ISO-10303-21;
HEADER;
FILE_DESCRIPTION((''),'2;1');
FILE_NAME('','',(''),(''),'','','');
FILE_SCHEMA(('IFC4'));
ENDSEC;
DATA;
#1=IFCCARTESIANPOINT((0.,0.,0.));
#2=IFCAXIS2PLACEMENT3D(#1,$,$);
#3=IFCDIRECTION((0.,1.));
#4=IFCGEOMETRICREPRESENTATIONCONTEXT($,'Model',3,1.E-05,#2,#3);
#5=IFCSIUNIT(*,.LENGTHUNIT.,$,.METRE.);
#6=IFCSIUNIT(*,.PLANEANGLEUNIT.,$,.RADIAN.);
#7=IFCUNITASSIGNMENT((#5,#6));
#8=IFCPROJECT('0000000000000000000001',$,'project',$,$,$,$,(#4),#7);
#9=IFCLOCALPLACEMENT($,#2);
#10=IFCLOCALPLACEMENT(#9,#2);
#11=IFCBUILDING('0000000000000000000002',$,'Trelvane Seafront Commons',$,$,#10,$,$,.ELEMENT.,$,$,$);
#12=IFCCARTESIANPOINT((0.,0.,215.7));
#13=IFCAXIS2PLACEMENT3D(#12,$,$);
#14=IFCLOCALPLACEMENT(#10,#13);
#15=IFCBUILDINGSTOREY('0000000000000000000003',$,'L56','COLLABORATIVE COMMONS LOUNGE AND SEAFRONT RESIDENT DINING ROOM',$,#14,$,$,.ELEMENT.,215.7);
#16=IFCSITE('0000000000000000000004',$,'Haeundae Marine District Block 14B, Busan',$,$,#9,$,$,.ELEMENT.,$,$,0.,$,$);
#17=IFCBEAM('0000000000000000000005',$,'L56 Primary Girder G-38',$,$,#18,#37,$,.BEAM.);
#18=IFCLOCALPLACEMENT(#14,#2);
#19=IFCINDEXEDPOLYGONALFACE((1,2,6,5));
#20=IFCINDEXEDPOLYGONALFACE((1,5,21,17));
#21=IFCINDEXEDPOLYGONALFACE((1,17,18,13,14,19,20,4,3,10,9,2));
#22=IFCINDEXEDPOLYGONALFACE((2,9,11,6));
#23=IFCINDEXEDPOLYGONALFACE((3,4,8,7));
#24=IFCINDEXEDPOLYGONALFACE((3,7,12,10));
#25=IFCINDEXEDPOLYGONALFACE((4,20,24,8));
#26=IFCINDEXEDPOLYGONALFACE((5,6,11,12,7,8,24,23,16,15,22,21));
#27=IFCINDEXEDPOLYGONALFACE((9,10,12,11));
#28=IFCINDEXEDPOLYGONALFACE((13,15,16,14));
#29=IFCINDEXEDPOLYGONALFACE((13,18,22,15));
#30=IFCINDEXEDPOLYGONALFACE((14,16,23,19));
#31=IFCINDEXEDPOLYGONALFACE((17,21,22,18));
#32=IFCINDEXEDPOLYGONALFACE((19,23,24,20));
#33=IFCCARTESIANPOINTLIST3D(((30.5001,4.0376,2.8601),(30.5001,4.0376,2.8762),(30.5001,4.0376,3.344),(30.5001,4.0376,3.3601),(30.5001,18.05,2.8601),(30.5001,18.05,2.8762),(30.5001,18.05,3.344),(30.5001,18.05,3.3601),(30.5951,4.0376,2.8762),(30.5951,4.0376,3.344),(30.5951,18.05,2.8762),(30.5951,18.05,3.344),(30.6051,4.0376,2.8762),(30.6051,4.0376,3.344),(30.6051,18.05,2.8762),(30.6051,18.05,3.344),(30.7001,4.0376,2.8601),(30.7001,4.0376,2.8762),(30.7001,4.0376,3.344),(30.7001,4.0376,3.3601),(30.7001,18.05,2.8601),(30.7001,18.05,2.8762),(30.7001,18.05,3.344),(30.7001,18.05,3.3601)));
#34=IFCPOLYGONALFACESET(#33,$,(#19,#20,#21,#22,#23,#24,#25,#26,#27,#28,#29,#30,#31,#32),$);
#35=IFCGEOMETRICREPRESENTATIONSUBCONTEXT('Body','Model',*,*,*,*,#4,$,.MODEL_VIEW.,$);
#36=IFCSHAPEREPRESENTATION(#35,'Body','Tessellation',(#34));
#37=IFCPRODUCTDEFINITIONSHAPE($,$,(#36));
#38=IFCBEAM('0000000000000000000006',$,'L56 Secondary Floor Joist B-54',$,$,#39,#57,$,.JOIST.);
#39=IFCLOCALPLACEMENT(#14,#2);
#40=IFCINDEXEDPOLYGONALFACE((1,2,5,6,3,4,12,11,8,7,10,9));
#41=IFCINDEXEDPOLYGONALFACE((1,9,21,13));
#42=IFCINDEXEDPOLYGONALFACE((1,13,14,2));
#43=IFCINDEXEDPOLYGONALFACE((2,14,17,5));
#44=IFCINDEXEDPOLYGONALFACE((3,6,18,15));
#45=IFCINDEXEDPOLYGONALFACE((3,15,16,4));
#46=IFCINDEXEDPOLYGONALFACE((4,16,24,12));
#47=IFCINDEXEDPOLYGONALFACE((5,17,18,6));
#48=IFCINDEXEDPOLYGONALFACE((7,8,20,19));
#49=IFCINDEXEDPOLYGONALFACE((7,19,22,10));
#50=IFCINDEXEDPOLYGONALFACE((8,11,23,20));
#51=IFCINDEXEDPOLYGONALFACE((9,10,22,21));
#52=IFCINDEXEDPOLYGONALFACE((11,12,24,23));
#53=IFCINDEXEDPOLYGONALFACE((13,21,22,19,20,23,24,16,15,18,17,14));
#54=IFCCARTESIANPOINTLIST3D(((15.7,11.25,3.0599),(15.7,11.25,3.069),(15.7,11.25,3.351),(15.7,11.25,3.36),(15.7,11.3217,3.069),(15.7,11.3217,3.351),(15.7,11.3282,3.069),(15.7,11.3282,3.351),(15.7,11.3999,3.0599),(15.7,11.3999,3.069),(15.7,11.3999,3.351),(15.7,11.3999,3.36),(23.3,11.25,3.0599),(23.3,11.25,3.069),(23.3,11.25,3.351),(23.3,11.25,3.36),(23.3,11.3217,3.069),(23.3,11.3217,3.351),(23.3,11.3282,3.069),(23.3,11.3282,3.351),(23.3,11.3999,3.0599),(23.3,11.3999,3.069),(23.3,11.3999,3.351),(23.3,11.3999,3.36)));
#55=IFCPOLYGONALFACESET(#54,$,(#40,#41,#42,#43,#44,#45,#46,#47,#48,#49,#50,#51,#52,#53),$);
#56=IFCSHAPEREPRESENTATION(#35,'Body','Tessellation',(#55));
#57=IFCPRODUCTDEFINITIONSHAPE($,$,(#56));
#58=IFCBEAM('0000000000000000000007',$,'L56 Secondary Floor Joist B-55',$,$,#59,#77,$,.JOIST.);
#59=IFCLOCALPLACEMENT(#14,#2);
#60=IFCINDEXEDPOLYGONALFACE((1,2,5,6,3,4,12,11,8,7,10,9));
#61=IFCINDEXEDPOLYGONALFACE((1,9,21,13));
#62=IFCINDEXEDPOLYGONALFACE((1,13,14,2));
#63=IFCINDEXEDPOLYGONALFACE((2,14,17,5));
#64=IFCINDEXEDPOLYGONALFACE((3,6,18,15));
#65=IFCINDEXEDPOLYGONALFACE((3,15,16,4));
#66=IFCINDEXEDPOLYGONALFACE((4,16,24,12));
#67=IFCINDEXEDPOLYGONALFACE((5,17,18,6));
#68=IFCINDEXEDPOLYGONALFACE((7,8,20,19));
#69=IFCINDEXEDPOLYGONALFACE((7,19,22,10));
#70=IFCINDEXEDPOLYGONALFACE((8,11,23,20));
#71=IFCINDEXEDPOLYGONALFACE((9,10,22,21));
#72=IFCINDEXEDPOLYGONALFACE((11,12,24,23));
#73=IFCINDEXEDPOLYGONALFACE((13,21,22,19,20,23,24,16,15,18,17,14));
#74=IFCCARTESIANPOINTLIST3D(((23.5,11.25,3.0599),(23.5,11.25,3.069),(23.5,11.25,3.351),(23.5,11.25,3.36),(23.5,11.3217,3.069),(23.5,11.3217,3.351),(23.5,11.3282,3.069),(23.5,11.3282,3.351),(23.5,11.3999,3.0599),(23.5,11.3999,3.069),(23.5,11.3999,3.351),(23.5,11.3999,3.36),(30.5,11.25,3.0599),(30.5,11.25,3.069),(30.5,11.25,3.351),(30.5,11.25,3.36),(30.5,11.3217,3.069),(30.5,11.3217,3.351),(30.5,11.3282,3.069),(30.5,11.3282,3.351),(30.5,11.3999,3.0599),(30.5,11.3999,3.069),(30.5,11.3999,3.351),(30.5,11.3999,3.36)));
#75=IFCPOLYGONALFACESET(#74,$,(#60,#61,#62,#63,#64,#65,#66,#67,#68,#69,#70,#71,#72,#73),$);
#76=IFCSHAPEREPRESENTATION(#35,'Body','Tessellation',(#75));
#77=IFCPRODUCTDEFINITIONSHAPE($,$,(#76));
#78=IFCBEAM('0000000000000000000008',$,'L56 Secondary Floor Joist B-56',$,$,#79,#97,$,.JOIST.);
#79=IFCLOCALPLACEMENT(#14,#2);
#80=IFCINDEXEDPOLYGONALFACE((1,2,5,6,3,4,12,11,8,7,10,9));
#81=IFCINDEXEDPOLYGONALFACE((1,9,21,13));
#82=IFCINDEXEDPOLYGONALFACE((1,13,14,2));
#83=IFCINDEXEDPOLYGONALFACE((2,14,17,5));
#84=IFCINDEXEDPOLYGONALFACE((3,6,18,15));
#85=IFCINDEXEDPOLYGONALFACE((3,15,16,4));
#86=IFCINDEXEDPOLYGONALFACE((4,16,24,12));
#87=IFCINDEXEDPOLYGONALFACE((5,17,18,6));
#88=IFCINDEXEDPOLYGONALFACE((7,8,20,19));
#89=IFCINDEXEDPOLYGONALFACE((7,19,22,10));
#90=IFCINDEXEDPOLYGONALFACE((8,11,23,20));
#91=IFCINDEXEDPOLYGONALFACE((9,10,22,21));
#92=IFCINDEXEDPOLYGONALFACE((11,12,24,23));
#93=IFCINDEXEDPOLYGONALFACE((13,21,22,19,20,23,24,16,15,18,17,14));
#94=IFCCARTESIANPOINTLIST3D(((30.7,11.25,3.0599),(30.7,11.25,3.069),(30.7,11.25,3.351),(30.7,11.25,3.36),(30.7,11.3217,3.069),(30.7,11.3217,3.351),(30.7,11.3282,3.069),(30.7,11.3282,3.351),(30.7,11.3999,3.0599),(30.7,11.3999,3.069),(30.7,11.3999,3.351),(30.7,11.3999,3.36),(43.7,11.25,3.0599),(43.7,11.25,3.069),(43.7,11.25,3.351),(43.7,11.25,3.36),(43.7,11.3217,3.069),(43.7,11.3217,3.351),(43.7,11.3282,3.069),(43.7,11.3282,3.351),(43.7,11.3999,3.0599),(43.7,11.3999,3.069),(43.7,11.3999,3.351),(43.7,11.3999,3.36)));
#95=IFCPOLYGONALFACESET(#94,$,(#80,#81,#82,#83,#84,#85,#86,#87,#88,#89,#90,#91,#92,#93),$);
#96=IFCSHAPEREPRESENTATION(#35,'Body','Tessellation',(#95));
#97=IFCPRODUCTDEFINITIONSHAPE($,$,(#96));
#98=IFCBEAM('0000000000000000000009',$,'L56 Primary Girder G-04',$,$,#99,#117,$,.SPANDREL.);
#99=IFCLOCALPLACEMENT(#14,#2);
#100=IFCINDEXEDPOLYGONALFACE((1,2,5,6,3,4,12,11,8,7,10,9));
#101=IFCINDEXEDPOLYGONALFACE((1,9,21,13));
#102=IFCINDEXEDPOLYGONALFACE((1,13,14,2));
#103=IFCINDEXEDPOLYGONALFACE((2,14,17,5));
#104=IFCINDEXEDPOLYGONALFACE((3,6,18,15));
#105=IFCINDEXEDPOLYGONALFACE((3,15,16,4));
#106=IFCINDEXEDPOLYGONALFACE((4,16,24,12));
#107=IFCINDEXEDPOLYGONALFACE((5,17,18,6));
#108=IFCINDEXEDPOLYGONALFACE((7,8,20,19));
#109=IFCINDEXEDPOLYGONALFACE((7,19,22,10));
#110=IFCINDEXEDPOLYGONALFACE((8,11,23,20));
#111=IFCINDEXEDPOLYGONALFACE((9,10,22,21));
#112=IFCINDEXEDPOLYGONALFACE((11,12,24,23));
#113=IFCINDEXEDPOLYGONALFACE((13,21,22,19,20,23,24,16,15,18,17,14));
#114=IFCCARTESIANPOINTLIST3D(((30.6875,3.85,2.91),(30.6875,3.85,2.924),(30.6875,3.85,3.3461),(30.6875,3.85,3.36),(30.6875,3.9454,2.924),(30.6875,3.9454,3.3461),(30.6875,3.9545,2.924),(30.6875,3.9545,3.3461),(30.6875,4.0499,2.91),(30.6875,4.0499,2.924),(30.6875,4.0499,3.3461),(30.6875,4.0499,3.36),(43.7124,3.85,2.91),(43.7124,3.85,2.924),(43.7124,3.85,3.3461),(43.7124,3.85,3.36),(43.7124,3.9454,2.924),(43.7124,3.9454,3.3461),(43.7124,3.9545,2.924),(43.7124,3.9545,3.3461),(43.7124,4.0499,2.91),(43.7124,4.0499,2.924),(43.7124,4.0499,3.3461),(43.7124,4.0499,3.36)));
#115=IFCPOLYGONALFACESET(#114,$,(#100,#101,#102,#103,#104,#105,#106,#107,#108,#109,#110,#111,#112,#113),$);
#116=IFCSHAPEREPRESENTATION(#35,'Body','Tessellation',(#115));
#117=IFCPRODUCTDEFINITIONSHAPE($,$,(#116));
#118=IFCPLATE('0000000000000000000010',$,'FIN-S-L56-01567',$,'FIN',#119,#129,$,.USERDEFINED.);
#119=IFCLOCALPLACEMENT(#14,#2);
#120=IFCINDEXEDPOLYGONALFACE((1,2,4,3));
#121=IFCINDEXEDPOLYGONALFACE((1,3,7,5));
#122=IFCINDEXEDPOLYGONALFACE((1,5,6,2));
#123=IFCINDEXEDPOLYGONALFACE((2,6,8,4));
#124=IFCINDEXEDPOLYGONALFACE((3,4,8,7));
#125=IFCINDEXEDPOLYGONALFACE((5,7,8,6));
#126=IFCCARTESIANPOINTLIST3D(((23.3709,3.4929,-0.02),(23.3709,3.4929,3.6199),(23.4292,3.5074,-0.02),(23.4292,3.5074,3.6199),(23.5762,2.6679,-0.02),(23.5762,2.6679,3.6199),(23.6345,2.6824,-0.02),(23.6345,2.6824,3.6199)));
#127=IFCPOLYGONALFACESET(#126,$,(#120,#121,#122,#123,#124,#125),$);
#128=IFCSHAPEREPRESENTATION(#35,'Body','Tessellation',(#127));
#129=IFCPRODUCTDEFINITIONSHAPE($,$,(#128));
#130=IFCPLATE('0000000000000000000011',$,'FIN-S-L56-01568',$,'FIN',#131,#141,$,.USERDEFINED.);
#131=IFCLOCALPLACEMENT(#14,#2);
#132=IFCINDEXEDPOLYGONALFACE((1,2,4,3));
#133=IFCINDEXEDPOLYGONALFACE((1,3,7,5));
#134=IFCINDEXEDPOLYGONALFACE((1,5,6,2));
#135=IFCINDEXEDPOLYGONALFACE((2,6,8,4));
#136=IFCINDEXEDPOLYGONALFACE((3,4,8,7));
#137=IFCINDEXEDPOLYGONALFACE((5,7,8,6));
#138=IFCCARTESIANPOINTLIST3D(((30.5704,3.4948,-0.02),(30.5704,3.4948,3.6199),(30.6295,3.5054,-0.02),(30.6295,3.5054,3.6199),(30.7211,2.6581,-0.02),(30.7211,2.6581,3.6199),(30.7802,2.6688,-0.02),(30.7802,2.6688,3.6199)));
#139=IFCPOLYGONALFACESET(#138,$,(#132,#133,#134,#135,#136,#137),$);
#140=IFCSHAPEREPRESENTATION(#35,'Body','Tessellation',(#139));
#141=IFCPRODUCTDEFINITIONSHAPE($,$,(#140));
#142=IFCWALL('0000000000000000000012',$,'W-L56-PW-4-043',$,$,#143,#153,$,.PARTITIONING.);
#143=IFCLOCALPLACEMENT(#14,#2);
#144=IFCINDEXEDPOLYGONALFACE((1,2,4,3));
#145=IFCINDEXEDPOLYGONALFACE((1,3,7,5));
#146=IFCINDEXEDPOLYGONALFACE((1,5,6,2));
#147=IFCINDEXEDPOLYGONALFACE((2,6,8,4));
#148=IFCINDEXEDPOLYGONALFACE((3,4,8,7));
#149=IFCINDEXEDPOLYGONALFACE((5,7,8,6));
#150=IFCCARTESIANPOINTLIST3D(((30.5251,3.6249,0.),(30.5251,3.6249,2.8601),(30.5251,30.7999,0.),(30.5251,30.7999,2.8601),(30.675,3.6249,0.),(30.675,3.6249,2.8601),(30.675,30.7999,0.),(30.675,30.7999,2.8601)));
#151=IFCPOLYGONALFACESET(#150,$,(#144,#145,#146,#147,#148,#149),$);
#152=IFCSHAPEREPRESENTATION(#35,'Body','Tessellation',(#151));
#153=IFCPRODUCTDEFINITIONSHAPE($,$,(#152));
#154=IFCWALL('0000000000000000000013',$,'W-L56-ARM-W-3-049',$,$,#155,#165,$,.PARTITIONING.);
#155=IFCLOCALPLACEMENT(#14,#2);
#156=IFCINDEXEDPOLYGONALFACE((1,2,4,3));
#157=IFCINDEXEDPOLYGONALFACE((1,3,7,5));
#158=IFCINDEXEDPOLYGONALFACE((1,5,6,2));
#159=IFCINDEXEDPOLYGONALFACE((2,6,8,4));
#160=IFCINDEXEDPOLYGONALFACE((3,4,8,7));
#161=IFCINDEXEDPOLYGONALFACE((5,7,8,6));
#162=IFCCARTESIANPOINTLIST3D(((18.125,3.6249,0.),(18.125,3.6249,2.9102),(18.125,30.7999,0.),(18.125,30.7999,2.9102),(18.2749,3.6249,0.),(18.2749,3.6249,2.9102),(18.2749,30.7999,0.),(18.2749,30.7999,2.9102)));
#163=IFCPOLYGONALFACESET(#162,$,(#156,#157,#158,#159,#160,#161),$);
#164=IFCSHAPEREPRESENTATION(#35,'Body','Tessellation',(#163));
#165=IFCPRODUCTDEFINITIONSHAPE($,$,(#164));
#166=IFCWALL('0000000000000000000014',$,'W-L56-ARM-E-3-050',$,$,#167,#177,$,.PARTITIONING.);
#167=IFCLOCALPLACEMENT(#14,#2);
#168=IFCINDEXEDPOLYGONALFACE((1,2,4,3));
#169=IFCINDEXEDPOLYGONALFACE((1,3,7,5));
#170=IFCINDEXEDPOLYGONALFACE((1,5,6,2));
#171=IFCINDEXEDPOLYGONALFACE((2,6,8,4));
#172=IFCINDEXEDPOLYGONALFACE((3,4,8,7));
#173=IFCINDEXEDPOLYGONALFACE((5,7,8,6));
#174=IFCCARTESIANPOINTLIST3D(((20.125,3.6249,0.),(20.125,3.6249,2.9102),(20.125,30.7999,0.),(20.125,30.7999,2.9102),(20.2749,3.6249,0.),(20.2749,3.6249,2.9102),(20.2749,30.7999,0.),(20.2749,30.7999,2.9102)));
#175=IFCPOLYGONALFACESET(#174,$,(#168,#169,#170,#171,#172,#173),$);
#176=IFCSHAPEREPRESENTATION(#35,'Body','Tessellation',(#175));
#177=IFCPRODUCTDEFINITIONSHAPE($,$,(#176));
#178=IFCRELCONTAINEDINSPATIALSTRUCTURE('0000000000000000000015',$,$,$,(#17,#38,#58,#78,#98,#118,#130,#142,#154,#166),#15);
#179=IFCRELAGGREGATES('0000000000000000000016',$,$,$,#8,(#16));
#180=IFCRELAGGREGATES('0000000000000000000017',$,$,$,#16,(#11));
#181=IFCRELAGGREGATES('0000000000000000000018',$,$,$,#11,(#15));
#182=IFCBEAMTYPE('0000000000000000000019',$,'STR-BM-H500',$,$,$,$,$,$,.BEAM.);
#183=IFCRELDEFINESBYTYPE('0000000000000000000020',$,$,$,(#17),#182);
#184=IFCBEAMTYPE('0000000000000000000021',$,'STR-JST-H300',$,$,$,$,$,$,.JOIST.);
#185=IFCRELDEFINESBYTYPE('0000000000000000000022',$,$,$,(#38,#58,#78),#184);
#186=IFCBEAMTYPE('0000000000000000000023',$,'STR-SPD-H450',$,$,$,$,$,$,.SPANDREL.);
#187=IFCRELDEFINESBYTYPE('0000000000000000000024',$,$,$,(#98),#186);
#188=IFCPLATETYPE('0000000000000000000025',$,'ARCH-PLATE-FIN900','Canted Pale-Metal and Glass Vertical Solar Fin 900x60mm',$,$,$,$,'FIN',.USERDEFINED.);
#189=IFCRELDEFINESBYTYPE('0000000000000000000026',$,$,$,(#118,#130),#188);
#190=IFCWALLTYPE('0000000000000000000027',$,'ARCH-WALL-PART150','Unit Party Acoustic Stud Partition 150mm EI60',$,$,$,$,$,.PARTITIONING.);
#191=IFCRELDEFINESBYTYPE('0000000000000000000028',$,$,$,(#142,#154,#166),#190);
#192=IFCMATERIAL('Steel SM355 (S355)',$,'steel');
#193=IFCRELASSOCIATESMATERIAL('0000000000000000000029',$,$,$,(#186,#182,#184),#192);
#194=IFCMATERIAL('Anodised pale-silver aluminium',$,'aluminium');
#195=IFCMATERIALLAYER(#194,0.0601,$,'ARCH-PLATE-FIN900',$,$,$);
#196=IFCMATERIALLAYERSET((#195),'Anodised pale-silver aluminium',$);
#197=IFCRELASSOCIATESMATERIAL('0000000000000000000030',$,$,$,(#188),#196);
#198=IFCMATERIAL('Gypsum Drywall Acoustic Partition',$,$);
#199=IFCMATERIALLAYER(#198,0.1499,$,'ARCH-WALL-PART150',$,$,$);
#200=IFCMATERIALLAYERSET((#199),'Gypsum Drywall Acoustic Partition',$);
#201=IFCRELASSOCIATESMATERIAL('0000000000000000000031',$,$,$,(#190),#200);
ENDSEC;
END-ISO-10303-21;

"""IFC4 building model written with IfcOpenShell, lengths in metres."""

from ifc_helpers import new_model, si_unit, direction, frame, frame_2d, origin, origin_2d, place, context, subcontext, project, spatial, rectangle, i_section, extrude, source, transform, mapped, material, layer, layer_set, material_profile, profile_set, type_object, element, save


model = new_model("IFC4")

# Units and contexts
model_context = context("Model", 3, precision=1e-05, world=origin(), true_north=direction((0.0, 1.0)))
body_context = subcontext(model_context, "Body", "Model", "MODEL_VIEW")
ifc_project = project(units=[si_unit("LENGTHUNIT", "METRE"), si_unit("PLANEANGLEUNIT", "RADIAN")], contexts=[model_context])

# Site, building, storey
site_placement = place(None, origin())
site = spatial("IfcSite", under=ifc_project, at=site_placement, Name="Haeundae Marine District Block 14B, Busan", CompositionType="ELEMENT", RefElevation=0.0)
building_placement = place(site_placement, origin())
building = spatial("IfcBuilding", under=site, at=building_placement, Name="Trelvane Seafront Commons", CompositionType="ELEMENT")
storey_placement = place(building_placement, frame((0.0, 0.0, 215.7)))
storey = spatial("IfcBuildingStorey", under=building, at=storey_placement, Name="L56", Description="COLLABORATIVE COMMONS LOUNGE AND SEAFRONT RESIDENT DINING ROOM", CompositionType="ELEMENT", Elevation=215.7)

# Shared definitions
ifc_material_1 = material(Name="Steel SM355 (S355)", Category="steel")

# Beams
ifc_material_profile_1 = material_profile(ifc_material_1, i_section(OverallWidth=0.2, OverallDepth=0.45, WebThickness=0.009, FlangeThickness=0.0139, at=origin_2d()), Name="H-450x200x9x14")
ifc_profile_set_1 = profile_set([ifc_material_profile_1], Name="Steel SM355 (S355)")
beam_type_1 = type_object("IfcBeamType", Name="STR-SPD-H450", PredefinedType="SPANDREL", material=ifc_profile_set_1)
ifc_material_profile_2 = material_profile(ifc_material_1, i_section(OverallWidth=0.2, OverallDepth=0.5, WebThickness=0.01, FlangeThickness=0.0161, at=origin_2d()), Name="H-500x200x10x16")
ifc_profile_set_2 = profile_set([ifc_material_profile_2], Name="Steel SM355 (S355)")
beam_type_2 = type_object("IfcBeamType", Name="STR-BM-H500", PredefinedType="BEAM", material=ifc_profile_set_2)
shared_shape_1 = source(origin(), body_context, "Body", "SweptSolid", [
    extrude(i_section(OverallWidth=0.2, OverallDepth=0.5, WebThickness=0.01, FlangeThickness=0.0161, at=origin_2d()), origin(), (0.0, 0.0, 1.0), 14.0125),
])
beam_1_placement = place(storey_placement, frame((30.6001, 4.0376, 3.1101), z_axis=(0.0, 1.0, 0.0), x_axis=(-1.0, 0.0, 0.0)))
element("IfcBeam", 1, at=beam_1_placement, inside=storey, type_object=beam_type_2, Name="L56 Primary Girder G-38", PredefinedType="BEAM", context=body_context, shape_type="MappedRepresentation", body=[
    mapped(shared_shape_1, transform((0.0, 0.0, 0.0), x_axis=(1.0, 0.0, 0.0), y_axis=(0.0, 1.0, 0.0), z_axis=(0.0, 0.0, 1.0), scale=1.0)),
])
ifc_material_profile_3 = material_profile(ifc_material_1, i_section(OverallWidth=0.1499, OverallDepth=0.3, WebThickness=0.0066, FlangeThickness=0.009, at=origin_2d()), Name="H-300x150x6.5x9")
ifc_profile_set_3 = profile_set([ifc_material_profile_3], Name="Steel SM355 (S355)")
beam_type_3 = type_object("IfcBeamType", Name="STR-JST-H300", PredefinedType="JOIST", material=ifc_profile_set_3)
shared_shape_2 = source(origin(), body_context, "Body", "SweptSolid", [
    extrude(i_section(OverallWidth=0.1499, OverallDepth=0.3, WebThickness=0.0066, FlangeThickness=0.009, at=origin_2d()), origin(), (0.0, 0.0, 1.0), 7.6001),
])
beam_2_placement = place(storey_placement, frame((15.7, 11.325, 3.21), z_axis=(1.0, 0.0, 0.0), x_axis=(0.0, 1.0, 0.0)))
element("IfcBeam", 2, at=beam_2_placement, inside=storey, type_object=beam_type_3, Name="L56 Secondary Floor Joist B-54", PredefinedType="JOIST", context=body_context, shape_type="MappedRepresentation", body=[
    mapped(shared_shape_2, transform((0.0, 0.0, 0.0), x_axis=(1.0, 0.0, 0.0), y_axis=(0.0, 1.0, 0.0), z_axis=(0.0, 0.0, 1.0), scale=1.0)),
])
shared_shape_3 = source(origin(), body_context, "Body", "SweptSolid", [
    extrude(i_section(OverallWidth=0.1499, OverallDepth=0.3, WebThickness=0.0066, FlangeThickness=0.009, at=origin_2d()), origin(), (0.0, 0.0, 1.0), 7.0),
])
beam_3_placement = place(storey_placement, frame((23.5, 11.325, 3.21), z_axis=(1.0, 0.0, 0.0), x_axis=(0.0, 1.0, 0.0)))
element("IfcBeam", 3, at=beam_3_placement, inside=storey, type_object=beam_type_3, Name="L56 Secondary Floor Joist B-55", PredefinedType="JOIST", context=body_context, shape_type="MappedRepresentation", body=[
    mapped(shared_shape_3, transform((0.0, 0.0, 0.0), x_axis=(1.0, 0.0, 0.0), y_axis=(0.0, 1.0, 0.0), z_axis=(0.0, 0.0, 1.0), scale=1.0)),
])
shared_shape_4 = source(origin(), body_context, "Body", "SweptSolid", [
    extrude(i_section(OverallWidth=0.1499, OverallDepth=0.3, WebThickness=0.0066, FlangeThickness=0.009, at=origin_2d()), origin(), (0.0, 0.0, 1.0), 13.0),
])
beam_4_placement = place(storey_placement, frame((30.7, 11.325, 3.21), z_axis=(1.0, 0.0, 0.0), x_axis=(0.0, 1.0, 0.0)))
element("IfcBeam", 4, at=beam_4_placement, inside=storey, type_object=beam_type_3, Name="L56 Secondary Floor Joist B-56", PredefinedType="JOIST", context=body_context, shape_type="MappedRepresentation", body=[
    mapped(shared_shape_4, transform((0.0, 0.0, 0.0), x_axis=(1.0, 0.0, 0.0), y_axis=(0.0, 1.0, 0.0), z_axis=(0.0, 0.0, 1.0), scale=1.0)),
])
shared_shape_5 = source(origin(), body_context, "Body", "SweptSolid", [
    extrude(i_section(OverallWidth=0.2, OverallDepth=0.45, WebThickness=0.009, FlangeThickness=0.0139, at=origin_2d()), origin(), (0.0, 0.0, 1.0), 13.0249),
])
beam_5_placement = place(storey_placement, frame((30.6875, 3.95, 3.135), z_axis=(1.0, 0.0, 0.0), x_axis=(0.0, 1.0, 0.0)))
element("IfcBeam", 5, at=beam_5_placement, inside=storey, type_object=beam_type_1, Name="L56 Primary Girder G-04", PredefinedType="SPANDREL", context=body_context, shape_type="MappedRepresentation", body=[
    mapped(shared_shape_5, transform((0.0, 0.0, 0.0), x_axis=(1.0, 0.0, 0.0), y_axis=(0.0, 1.0, 0.0), z_axis=(0.0, 0.0, 1.0), scale=1.0)),
])

# Plates
ifc_material_2 = material(Name="Anodised pale-silver aluminium", Category="aluminium")
ifc_layer_1 = layer(ifc_material_2, 0.0601, Name="ARCH-PLATE-FIN900")
ifc_layer_set_1 = layer_set([ifc_layer_1], Name="Anodised pale-silver aluminium")
plate_type = type_object("IfcPlateType", Name="ARCH-PLATE-FIN900", Description="Canted Pale-Metal and Glass Vertical Solar Fin 900x60mm", ElementType="FIN", PredefinedType="USERDEFINED", material=ifc_layer_set_1)
shared_shape_6 = source(origin(), body_context, "Body", "SweptSolid", [
    extrude(rectangle(XDim=0.8501, YDim=0.0601, at=origin_2d()), origin(), (0.0, 0.0, 1.0), 3.6399),
])
for number, where, z_axis, x_axis, name in (
    (6, (23.5027, 3.0876, -0.02), (0.0, 0.0, 1.0), (0.241539, -0.970391, 0.0), "FIN-S-L56-01567"),
    (7, (30.6753, 3.0818, -0.02), (0.0, 0.0, 1.0), (0.177301, -0.984157, 0.0), "FIN-S-L56-01568"),
):
    element("IfcPlate", number, at=place(storey_placement, frame(where, z_axis=z_axis, x_axis=x_axis)), inside=storey, type_object=plate_type, Name=name, ObjectType="FIN", PredefinedType="USERDEFINED", context=body_context, shape_type="MappedRepresentation", body=[
        mapped(shared_shape_6, transform((0.0, 0.0, 0.0), x_axis=(1.0, 0.0, 0.0), y_axis=(0.0, 1.0, 0.0), z_axis=(0.0, 0.0, 1.0), scale=1.0)),
    ])

# Shared definitions
ifc_material_3 = material(Name="Gypsum Drywall Acoustic Partition")

# Walls
ifc_layer_2 = layer(ifc_material_3, 0.1499, Name="ARCH-WALL-PART150")
ifc_layer_set_2 = layer_set([ifc_layer_2], Name="Gypsum Drywall Acoustic Partition")
wall_type_1 = type_object("IfcWallType", Name="ARCH-WALL-PART150", Description="Unit Party Acoustic Stud Partition 150mm EI60", PredefinedType="PARTITIONING", material=ifc_layer_set_2)
wall_1_placement = place(storey_placement, frame((30.6001, 3.625, 0.0), z_axis=(0.0, 0.0, 1.0), x_axis=(0.0, 1.0, 0.0)))
element("IfcWall", 8, at=wall_1_placement, inside=storey, type_object=wall_type_1, Name="W-L56-PW-4-043", PredefinedType="PARTITIONING", context=body_context, shape_type="SweptSolid", body=[
    extrude(rectangle(XDim=27.175, YDim=0.1499, at=frame_2d((13.5874, 0.0))), origin(), (0.0, 0.0, 1.0), 2.8601),
])
for number, where, z_axis, x_axis, name in (
    (9, (18.2, 3.625, 0.0), (0.0, 0.0, 1.0), (0.0, 1.0, 0.0), "W-L56-ARM-W-3-049"),
    (10, (20.2, 3.625, 0.0), (0.0, 0.0, 1.0), (0.0, 1.0, 0.0), "W-L56-ARM-E-3-050"),
):
    element("IfcWall", number, at=place(storey_placement, frame(where, z_axis=z_axis, x_axis=x_axis)), inside=storey, type_object=wall_type_1, Name=name, PredefinedType="PARTITIONING", context=body_context, shape_type="SweptSolid", body=[
        extrude(rectangle(XDim=27.175, YDim=0.1499, at=frame_2d((13.5874, 0.0))), origin(), (0.0, 0.0, 1.0), 2.9102),
    ])

save(model, "model.ifc")
